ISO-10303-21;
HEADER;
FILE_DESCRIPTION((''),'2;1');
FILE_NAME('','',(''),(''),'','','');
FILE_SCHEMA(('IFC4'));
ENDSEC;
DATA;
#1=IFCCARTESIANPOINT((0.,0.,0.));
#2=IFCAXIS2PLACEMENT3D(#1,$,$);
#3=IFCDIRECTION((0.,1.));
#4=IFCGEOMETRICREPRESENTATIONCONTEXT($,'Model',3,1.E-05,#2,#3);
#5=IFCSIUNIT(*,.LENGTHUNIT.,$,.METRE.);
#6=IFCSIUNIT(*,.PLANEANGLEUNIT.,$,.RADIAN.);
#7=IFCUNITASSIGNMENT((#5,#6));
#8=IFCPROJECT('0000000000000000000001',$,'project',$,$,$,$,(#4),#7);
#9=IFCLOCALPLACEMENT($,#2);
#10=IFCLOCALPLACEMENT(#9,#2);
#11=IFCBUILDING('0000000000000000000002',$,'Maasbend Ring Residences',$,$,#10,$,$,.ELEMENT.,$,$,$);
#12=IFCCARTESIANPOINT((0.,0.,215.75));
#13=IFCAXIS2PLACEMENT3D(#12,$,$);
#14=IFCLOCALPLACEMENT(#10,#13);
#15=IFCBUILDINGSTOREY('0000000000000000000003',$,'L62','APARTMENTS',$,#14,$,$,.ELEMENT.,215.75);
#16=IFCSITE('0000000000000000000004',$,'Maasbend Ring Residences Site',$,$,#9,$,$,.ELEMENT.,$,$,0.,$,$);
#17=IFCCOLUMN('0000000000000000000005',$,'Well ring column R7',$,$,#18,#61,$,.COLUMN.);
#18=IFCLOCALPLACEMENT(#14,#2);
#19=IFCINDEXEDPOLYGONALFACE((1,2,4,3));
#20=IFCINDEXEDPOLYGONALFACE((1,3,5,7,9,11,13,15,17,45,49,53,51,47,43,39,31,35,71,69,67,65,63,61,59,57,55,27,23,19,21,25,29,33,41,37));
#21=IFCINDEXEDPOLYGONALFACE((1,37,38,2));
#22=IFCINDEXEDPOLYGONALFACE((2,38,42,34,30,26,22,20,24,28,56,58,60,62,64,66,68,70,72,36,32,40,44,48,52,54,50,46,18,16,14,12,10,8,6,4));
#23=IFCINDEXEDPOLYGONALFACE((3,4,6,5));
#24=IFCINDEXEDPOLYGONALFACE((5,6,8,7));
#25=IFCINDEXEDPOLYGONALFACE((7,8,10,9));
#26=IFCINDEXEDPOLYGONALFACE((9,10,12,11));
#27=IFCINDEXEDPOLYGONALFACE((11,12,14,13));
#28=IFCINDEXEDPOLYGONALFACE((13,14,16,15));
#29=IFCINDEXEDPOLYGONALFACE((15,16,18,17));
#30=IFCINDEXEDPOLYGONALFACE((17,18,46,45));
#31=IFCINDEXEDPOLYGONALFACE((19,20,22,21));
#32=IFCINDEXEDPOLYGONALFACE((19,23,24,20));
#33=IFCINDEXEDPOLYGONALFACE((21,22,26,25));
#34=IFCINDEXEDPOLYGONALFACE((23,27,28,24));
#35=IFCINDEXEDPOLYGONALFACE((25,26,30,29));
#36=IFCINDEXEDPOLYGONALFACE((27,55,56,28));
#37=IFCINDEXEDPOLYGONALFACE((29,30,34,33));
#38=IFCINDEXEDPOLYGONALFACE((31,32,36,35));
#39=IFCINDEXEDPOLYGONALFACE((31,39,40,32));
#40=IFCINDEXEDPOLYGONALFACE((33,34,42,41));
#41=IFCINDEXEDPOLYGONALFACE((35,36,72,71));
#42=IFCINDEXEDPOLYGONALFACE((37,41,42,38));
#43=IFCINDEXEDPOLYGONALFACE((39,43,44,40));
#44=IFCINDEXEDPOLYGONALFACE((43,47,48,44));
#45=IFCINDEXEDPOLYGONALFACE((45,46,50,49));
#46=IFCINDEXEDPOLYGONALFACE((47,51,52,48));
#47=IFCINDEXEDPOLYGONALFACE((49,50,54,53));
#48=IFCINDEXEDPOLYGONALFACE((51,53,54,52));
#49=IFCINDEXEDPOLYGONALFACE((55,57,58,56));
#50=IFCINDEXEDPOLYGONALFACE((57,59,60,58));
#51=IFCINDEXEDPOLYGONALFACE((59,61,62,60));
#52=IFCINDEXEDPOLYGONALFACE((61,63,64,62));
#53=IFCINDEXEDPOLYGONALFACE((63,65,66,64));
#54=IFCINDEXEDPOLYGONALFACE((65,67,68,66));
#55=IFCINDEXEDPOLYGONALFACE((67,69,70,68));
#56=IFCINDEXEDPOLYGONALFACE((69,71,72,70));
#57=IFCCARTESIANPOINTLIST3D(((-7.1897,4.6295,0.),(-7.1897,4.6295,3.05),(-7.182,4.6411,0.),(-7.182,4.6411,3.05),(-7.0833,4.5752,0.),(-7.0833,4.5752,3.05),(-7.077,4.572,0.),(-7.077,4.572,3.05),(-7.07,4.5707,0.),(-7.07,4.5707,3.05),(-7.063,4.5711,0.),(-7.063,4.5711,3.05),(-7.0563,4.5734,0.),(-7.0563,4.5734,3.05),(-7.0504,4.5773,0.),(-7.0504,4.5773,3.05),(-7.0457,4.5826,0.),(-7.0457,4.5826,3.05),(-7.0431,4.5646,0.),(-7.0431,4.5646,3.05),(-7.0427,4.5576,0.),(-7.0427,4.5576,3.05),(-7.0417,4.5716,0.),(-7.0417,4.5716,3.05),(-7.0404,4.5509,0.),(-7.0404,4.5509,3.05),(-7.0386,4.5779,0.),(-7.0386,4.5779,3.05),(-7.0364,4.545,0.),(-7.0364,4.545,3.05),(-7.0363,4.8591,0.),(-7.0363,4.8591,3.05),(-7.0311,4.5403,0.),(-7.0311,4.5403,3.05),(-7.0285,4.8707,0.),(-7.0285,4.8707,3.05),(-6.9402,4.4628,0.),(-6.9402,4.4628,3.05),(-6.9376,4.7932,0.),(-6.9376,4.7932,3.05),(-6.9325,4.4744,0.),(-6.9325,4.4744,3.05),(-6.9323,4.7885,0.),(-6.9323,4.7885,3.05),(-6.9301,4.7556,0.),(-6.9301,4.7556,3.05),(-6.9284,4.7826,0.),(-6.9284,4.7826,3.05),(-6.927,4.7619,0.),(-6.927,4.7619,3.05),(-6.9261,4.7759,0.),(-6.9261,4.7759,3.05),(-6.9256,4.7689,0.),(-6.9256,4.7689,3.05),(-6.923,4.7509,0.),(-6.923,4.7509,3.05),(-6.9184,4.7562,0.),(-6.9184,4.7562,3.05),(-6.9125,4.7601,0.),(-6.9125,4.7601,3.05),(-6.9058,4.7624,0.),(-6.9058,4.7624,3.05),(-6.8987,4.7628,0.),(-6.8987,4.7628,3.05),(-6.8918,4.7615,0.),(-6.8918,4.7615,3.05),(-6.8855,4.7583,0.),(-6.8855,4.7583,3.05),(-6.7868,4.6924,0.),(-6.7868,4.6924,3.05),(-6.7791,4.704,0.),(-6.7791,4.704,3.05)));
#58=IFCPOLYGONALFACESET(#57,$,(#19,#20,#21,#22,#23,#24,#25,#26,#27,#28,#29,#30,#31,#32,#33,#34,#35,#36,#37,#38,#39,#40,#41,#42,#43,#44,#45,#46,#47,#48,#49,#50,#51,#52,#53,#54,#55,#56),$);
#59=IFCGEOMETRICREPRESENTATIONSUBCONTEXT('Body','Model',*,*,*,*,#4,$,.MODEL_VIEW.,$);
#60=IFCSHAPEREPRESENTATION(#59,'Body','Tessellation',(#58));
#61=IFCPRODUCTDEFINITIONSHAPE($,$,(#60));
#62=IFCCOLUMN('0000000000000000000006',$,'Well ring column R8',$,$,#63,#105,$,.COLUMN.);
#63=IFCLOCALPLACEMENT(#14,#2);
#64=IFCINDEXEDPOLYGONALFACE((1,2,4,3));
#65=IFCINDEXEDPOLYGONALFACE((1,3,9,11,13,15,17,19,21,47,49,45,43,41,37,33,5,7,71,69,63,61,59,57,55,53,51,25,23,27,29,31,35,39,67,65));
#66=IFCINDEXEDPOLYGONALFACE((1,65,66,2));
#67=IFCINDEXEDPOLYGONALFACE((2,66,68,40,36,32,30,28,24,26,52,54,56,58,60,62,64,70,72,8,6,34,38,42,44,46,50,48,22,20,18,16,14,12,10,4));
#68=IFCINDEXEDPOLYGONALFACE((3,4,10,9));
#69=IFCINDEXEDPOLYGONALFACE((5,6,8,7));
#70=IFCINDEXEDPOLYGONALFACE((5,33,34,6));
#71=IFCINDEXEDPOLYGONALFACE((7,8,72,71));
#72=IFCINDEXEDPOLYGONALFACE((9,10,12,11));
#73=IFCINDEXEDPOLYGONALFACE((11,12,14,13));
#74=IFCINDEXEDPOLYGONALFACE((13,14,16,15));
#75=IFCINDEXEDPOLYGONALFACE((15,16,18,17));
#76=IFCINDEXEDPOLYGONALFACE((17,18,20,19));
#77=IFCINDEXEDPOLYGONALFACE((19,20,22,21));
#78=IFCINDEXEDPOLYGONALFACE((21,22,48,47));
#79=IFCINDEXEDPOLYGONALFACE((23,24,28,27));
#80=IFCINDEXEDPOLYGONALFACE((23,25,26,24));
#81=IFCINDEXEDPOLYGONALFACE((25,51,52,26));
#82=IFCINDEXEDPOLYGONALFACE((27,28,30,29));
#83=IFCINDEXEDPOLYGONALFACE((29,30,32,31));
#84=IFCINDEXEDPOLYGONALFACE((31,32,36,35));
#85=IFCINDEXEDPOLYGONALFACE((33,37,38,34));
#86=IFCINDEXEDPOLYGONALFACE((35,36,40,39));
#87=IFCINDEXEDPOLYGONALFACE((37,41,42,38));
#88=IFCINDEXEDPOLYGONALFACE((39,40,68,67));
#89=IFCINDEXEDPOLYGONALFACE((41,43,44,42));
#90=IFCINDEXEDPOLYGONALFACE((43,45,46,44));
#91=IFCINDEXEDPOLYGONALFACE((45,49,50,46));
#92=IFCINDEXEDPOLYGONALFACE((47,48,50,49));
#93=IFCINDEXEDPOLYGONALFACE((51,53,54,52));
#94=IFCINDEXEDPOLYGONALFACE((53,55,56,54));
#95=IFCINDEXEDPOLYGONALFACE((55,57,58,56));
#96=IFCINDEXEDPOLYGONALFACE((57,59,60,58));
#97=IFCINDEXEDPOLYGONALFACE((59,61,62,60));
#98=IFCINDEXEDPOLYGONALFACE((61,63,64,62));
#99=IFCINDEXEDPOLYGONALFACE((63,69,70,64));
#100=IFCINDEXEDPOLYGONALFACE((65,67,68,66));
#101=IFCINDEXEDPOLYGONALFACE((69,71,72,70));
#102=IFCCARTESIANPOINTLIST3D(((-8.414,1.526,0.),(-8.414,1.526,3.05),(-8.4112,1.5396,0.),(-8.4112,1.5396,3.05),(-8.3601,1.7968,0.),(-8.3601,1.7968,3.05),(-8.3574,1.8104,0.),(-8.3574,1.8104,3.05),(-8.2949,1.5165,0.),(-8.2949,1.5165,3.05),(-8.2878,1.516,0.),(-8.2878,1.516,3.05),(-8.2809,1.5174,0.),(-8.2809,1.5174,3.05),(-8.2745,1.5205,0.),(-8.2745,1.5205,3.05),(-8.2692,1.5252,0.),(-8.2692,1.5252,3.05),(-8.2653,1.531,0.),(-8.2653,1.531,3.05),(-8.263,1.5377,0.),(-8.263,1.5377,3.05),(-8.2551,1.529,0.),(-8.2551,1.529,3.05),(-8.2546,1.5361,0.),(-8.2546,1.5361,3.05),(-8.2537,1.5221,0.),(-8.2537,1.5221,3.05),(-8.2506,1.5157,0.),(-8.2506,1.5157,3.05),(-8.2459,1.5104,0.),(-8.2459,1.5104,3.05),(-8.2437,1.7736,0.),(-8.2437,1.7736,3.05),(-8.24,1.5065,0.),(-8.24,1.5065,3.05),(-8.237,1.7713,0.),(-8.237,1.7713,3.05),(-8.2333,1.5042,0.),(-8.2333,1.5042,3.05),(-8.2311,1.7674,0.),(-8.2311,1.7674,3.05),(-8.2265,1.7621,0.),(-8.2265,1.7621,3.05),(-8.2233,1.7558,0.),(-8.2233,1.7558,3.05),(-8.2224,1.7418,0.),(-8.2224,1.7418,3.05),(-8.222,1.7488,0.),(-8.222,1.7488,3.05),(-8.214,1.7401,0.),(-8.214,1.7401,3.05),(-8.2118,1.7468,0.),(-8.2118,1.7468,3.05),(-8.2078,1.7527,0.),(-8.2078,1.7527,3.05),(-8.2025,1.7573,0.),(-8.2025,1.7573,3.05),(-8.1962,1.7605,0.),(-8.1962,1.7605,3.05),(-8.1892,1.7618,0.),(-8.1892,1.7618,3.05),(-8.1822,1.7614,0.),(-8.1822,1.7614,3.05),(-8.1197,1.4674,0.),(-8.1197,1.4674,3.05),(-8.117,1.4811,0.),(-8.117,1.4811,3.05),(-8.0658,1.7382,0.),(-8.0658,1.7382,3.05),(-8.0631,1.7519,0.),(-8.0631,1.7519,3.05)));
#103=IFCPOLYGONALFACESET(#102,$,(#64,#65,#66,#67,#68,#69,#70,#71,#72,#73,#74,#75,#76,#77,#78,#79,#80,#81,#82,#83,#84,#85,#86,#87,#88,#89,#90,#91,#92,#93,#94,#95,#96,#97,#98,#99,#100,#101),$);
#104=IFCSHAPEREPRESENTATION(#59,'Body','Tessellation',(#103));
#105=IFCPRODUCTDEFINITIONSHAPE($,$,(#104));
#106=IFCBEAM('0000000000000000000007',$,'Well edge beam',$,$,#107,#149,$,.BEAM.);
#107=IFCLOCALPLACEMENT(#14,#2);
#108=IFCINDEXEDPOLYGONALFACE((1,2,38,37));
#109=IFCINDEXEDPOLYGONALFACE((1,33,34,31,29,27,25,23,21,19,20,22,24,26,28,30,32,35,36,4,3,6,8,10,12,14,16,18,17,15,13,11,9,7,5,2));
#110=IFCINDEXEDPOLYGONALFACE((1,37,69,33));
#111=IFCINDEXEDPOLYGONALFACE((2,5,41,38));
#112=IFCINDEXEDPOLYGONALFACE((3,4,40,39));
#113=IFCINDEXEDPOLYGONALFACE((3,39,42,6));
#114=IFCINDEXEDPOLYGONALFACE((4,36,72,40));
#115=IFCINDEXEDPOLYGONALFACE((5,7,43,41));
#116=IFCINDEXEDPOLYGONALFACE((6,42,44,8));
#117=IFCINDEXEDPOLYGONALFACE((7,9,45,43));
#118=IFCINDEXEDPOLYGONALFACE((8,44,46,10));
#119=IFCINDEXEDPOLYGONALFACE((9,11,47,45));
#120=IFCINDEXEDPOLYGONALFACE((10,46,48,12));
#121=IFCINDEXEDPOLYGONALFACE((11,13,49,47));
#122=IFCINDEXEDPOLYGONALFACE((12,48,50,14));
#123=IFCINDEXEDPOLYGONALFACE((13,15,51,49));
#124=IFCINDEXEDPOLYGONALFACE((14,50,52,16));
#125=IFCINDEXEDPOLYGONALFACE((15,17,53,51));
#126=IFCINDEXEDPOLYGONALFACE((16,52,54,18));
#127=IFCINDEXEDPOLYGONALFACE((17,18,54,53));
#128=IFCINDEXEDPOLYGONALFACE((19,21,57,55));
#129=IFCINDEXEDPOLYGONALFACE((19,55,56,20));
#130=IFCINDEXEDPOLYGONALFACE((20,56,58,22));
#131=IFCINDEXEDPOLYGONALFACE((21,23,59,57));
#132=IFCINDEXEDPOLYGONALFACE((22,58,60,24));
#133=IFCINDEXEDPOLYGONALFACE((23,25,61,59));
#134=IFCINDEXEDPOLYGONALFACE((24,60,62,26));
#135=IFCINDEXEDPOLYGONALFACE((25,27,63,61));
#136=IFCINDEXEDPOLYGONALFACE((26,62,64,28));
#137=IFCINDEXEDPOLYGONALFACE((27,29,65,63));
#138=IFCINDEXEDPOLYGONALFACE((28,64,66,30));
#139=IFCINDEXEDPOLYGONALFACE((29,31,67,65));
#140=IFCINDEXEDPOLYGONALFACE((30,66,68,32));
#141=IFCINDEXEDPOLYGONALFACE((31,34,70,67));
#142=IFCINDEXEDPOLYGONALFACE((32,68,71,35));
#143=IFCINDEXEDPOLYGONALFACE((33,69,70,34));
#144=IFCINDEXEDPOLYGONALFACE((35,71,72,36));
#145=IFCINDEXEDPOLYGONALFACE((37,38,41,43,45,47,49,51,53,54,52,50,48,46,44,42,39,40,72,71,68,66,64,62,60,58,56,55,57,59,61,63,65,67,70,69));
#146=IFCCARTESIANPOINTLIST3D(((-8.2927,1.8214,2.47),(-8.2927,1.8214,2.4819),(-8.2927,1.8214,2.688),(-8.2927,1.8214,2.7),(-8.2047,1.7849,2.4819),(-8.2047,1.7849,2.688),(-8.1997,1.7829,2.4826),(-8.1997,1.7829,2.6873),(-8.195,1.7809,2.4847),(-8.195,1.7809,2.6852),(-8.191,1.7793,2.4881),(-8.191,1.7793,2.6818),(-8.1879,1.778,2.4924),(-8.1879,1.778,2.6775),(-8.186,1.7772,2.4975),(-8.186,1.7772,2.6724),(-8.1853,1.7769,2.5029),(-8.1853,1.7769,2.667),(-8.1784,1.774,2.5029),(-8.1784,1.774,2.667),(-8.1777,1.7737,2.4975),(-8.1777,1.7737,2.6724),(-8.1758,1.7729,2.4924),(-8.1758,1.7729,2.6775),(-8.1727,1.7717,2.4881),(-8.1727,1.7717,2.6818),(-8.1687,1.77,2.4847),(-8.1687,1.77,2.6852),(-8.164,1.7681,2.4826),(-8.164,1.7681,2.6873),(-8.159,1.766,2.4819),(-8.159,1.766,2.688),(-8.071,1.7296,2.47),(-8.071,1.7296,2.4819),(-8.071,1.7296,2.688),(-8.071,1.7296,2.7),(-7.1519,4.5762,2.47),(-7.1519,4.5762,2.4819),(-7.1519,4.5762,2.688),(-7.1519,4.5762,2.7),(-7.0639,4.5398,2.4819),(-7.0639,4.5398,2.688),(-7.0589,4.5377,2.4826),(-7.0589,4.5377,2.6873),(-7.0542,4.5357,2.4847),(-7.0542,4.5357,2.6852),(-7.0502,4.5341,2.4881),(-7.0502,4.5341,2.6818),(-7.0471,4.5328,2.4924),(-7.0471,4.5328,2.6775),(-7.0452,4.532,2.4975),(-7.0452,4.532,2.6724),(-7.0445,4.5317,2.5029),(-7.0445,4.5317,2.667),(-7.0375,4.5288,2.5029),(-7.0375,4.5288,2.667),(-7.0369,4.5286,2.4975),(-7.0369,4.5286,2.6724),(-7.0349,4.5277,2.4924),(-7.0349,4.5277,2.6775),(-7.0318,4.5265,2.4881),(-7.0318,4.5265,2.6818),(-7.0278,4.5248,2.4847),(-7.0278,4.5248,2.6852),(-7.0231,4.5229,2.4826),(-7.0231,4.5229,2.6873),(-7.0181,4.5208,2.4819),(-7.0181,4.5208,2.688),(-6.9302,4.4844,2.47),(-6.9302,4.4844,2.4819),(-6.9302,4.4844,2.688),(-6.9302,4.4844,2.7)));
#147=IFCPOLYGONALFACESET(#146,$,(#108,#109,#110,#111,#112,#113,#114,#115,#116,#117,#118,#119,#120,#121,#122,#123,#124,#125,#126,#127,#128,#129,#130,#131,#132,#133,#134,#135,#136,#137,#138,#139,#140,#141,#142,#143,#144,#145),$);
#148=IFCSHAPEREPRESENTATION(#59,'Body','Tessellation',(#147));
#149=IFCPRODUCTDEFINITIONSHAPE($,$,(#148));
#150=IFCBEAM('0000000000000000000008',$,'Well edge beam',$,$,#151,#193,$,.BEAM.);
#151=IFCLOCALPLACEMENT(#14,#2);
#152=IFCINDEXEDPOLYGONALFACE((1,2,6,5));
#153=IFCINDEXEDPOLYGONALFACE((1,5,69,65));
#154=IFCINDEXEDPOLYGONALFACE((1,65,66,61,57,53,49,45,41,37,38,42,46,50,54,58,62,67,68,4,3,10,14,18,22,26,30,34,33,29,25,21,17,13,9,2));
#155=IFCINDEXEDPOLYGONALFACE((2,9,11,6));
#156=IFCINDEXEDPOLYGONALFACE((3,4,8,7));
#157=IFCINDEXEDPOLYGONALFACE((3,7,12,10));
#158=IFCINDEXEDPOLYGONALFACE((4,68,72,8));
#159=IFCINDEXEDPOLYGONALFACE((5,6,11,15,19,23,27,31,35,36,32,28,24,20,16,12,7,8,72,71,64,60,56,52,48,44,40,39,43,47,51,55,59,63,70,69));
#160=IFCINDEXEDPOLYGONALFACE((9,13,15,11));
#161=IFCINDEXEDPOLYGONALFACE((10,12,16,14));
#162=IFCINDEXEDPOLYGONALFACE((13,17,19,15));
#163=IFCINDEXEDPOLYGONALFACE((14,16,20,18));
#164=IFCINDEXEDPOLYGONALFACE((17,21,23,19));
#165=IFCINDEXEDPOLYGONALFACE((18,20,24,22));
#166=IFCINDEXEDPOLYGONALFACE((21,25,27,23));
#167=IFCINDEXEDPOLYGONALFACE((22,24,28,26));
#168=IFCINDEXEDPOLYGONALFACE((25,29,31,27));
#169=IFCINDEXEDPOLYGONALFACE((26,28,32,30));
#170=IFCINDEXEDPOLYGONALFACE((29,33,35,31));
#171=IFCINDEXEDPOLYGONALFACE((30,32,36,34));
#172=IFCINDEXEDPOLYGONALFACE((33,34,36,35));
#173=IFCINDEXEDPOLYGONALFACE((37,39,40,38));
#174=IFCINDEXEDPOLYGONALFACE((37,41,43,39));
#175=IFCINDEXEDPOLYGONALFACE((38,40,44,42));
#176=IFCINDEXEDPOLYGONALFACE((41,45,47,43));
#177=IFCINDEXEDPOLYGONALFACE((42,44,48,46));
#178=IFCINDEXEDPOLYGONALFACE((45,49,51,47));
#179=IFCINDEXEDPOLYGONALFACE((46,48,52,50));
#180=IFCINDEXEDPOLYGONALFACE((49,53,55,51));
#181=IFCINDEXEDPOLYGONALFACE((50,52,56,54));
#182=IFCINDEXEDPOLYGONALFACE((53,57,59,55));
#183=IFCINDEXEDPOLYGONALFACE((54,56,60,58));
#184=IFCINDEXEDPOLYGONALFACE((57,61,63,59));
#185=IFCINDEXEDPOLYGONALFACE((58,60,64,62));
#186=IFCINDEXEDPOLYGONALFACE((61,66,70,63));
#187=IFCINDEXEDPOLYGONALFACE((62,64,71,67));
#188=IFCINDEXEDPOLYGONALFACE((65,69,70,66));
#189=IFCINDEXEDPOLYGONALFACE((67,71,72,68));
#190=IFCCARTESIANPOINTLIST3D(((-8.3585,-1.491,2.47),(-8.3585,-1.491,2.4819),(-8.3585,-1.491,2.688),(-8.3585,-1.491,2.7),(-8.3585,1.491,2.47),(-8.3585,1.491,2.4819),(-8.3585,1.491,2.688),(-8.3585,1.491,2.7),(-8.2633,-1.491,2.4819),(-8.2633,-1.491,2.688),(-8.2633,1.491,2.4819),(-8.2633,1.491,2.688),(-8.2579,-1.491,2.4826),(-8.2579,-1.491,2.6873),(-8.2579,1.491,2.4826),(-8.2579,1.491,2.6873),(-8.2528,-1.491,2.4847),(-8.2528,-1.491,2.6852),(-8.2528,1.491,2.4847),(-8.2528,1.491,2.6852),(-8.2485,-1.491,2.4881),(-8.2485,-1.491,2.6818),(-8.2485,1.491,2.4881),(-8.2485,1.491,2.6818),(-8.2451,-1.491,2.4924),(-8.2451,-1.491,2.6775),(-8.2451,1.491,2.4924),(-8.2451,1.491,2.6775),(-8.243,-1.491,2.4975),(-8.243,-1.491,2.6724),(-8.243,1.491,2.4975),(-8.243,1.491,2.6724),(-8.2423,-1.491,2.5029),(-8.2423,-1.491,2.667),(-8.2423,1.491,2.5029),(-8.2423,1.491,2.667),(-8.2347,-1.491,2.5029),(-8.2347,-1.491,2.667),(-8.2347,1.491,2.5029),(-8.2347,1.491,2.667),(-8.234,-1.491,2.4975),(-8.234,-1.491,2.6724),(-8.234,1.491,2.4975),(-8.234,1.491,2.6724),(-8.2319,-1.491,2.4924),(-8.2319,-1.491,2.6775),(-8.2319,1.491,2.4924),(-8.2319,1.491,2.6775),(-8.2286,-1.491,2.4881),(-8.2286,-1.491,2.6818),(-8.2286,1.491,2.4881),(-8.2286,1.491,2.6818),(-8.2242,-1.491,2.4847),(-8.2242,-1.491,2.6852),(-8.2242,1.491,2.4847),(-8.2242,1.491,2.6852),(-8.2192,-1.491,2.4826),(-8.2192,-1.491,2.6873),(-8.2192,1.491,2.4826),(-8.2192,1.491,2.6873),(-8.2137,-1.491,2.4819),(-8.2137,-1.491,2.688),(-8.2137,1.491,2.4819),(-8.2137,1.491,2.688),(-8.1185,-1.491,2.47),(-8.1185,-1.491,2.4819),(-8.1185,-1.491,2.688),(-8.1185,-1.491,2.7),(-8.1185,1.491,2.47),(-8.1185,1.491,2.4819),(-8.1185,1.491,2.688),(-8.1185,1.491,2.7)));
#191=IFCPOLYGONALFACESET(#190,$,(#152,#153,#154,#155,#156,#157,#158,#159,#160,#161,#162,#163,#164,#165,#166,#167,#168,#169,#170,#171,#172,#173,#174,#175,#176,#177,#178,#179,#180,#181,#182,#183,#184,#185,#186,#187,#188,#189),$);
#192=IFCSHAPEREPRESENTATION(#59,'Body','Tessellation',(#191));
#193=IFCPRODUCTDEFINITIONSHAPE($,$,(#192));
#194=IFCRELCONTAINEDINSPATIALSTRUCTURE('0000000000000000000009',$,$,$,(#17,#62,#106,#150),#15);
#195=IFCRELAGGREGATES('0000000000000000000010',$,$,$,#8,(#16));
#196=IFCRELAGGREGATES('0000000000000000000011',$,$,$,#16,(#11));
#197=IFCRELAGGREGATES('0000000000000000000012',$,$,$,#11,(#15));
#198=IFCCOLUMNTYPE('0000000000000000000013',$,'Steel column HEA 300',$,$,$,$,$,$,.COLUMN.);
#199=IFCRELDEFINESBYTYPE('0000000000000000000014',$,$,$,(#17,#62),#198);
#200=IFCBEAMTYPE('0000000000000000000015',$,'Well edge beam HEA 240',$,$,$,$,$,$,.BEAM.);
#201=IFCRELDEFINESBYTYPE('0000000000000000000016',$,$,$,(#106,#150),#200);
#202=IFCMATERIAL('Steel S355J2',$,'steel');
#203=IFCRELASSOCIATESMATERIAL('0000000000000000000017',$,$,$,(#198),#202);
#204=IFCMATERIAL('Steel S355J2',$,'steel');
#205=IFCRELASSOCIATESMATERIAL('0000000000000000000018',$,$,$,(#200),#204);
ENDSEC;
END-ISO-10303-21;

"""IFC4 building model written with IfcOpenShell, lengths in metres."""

from ifc_helpers import new_model, si_unit, direction, frame, origin, origin_2d, place, context, subcontext, project, spatial, i_section, extrude, material, material_profile, profile_set, type_object, element, save


model = new_model("IFC4")

# Units and contexts
model_context = context("Model", 3, precision=1e-05, world=origin(), true_north=direction((0.0, 1.0)))
body_context = subcontext(model_context, "Body", "Model", "MODEL_VIEW")
ifc_project = project(units=[si_unit("LENGTHUNIT", "METRE"), si_unit("PLANEANGLEUNIT", "RADIAN")], contexts=[model_context])

# Site, building, storey
site_placement = place(None, origin())
site = spatial("IfcSite", under=ifc_project, at=site_placement, Name="Maasbend Ring Residences Site", CompositionType="ELEMENT", RefElevation=0.0)
building_placement = place(site_placement, origin())
building = spatial("IfcBuilding", under=site, at=building_placement, Name="Maasbend Ring Residences", CompositionType="ELEMENT")
storey_placement = place(building_placement, frame((0.0, 0.0, 215.75)))
storey = spatial("IfcBuildingStorey", under=building, at=storey_placement, Name="L62", Description="APARTMENTS", CompositionType="ELEMENT", Elevation=215.75)

# Columns
ifc_material_1 = material(Name="Steel S355J2", Category="steel")
ifc_material_profile_1 = material_profile(ifc_material_1, i_section(OverallWidth=0.3, OverallDepth=0.29, WebThickness=0.0085, FlangeThickness=0.0139, FilletRadius=0.0271, at=origin_2d()), Name="HEA 300")
ifc_profile_set_1 = profile_set([ifc_material_profile_1], Name="Steel S355J2")
column_type = type_object("IfcColumnType", Name="Steel column HEA 300", PredefinedType="COLUMN", material=ifc_profile_set_1)
for number, where, z_axis, x_axis, name in (
    (1, (-6.9844, 4.6667, 0.0), (0.0, 0.0, 1.0), (-0.83147, 0.55557, 0.0), "Well ring column R7"),
    (2, (-8.2385, 1.6389, 0.0), (0.0, 0.0, 1.0), (-0.980785, 0.19509, 0.0), "Well ring column R8"),
):
    element("IfcColumn", number, at=place(storey_placement, frame(where, z_axis=z_axis, x_axis=x_axis)), inside=storey, type_object=column_type, Name=name, PredefinedType="COLUMN", context=body_context, shape_type="SweptSolid", body=[
        extrude(i_section(OverallWidth=0.3, OverallDepth=0.29, WebThickness=0.0085, FlangeThickness=0.0139, FilletRadius=0.0271, at=origin_2d()), origin(), (0.0, 0.0, 1.0), 3.05),
    ])

# Beams
ifc_material_2 = material(Name="Steel S355J2", Category="steel")
ifc_material_profile_2 = material_profile(ifc_material_2, i_section(OverallWidth=0.24, OverallDepth=0.23, WebThickness=0.0076, FlangeThickness=0.012, FilletRadius=0.021, at=origin_2d()), Name="HEA 240")
ifc_profile_set_2 = profile_set([ifc_material_profile_2], Name="Steel S355J2")
beam_type = type_object("IfcBeamType", Name="Well edge beam HEA 240", PredefinedType="BEAM", material=ifc_profile_set_2)
beam_1_placement = place(storey_placement, frame((-7.041, 4.5303, 2.585), z_axis=(-0.382615, -0.923908, 0.0), x_axis=(0.923908, -0.382615, 0.0)))
element("IfcBeam", 3, at=beam_1_placement, inside=storey, type_object=beam_type, Name="Well edge beam", PredefinedType="BEAM", context=body_context, shape_type="SweptSolid", body=[
    extrude(i_section(OverallWidth=0.24, OverallDepth=0.23, WebThickness=0.0076, FlangeThickness=0.012, FilletRadius=0.021, at=origin_2d()), origin(), (0.0, 0.0, 1.0), 2.9817),
])
beam_2_placement = place(storey_placement, frame((-8.2385, 1.491, 2.585), z_axis=(0.0, -1.0, 0.0), x_axis=(1.0, 0.0, 0.0)))
element("IfcBeam", 4, at=beam_2_placement, inside=storey, type_object=beam_type, Name="Well edge beam", PredefinedType="BEAM", context=body_context, shape_type="SweptSolid", body=[
    extrude(i_section(OverallWidth=0.24, OverallDepth=0.23, WebThickness=0.0076, FlangeThickness=0.012, FilletRadius=0.021, at=origin_2d()), origin(), (0.0, 0.0, 1.0), 2.9819),
])

save(model, "model.ifc")
